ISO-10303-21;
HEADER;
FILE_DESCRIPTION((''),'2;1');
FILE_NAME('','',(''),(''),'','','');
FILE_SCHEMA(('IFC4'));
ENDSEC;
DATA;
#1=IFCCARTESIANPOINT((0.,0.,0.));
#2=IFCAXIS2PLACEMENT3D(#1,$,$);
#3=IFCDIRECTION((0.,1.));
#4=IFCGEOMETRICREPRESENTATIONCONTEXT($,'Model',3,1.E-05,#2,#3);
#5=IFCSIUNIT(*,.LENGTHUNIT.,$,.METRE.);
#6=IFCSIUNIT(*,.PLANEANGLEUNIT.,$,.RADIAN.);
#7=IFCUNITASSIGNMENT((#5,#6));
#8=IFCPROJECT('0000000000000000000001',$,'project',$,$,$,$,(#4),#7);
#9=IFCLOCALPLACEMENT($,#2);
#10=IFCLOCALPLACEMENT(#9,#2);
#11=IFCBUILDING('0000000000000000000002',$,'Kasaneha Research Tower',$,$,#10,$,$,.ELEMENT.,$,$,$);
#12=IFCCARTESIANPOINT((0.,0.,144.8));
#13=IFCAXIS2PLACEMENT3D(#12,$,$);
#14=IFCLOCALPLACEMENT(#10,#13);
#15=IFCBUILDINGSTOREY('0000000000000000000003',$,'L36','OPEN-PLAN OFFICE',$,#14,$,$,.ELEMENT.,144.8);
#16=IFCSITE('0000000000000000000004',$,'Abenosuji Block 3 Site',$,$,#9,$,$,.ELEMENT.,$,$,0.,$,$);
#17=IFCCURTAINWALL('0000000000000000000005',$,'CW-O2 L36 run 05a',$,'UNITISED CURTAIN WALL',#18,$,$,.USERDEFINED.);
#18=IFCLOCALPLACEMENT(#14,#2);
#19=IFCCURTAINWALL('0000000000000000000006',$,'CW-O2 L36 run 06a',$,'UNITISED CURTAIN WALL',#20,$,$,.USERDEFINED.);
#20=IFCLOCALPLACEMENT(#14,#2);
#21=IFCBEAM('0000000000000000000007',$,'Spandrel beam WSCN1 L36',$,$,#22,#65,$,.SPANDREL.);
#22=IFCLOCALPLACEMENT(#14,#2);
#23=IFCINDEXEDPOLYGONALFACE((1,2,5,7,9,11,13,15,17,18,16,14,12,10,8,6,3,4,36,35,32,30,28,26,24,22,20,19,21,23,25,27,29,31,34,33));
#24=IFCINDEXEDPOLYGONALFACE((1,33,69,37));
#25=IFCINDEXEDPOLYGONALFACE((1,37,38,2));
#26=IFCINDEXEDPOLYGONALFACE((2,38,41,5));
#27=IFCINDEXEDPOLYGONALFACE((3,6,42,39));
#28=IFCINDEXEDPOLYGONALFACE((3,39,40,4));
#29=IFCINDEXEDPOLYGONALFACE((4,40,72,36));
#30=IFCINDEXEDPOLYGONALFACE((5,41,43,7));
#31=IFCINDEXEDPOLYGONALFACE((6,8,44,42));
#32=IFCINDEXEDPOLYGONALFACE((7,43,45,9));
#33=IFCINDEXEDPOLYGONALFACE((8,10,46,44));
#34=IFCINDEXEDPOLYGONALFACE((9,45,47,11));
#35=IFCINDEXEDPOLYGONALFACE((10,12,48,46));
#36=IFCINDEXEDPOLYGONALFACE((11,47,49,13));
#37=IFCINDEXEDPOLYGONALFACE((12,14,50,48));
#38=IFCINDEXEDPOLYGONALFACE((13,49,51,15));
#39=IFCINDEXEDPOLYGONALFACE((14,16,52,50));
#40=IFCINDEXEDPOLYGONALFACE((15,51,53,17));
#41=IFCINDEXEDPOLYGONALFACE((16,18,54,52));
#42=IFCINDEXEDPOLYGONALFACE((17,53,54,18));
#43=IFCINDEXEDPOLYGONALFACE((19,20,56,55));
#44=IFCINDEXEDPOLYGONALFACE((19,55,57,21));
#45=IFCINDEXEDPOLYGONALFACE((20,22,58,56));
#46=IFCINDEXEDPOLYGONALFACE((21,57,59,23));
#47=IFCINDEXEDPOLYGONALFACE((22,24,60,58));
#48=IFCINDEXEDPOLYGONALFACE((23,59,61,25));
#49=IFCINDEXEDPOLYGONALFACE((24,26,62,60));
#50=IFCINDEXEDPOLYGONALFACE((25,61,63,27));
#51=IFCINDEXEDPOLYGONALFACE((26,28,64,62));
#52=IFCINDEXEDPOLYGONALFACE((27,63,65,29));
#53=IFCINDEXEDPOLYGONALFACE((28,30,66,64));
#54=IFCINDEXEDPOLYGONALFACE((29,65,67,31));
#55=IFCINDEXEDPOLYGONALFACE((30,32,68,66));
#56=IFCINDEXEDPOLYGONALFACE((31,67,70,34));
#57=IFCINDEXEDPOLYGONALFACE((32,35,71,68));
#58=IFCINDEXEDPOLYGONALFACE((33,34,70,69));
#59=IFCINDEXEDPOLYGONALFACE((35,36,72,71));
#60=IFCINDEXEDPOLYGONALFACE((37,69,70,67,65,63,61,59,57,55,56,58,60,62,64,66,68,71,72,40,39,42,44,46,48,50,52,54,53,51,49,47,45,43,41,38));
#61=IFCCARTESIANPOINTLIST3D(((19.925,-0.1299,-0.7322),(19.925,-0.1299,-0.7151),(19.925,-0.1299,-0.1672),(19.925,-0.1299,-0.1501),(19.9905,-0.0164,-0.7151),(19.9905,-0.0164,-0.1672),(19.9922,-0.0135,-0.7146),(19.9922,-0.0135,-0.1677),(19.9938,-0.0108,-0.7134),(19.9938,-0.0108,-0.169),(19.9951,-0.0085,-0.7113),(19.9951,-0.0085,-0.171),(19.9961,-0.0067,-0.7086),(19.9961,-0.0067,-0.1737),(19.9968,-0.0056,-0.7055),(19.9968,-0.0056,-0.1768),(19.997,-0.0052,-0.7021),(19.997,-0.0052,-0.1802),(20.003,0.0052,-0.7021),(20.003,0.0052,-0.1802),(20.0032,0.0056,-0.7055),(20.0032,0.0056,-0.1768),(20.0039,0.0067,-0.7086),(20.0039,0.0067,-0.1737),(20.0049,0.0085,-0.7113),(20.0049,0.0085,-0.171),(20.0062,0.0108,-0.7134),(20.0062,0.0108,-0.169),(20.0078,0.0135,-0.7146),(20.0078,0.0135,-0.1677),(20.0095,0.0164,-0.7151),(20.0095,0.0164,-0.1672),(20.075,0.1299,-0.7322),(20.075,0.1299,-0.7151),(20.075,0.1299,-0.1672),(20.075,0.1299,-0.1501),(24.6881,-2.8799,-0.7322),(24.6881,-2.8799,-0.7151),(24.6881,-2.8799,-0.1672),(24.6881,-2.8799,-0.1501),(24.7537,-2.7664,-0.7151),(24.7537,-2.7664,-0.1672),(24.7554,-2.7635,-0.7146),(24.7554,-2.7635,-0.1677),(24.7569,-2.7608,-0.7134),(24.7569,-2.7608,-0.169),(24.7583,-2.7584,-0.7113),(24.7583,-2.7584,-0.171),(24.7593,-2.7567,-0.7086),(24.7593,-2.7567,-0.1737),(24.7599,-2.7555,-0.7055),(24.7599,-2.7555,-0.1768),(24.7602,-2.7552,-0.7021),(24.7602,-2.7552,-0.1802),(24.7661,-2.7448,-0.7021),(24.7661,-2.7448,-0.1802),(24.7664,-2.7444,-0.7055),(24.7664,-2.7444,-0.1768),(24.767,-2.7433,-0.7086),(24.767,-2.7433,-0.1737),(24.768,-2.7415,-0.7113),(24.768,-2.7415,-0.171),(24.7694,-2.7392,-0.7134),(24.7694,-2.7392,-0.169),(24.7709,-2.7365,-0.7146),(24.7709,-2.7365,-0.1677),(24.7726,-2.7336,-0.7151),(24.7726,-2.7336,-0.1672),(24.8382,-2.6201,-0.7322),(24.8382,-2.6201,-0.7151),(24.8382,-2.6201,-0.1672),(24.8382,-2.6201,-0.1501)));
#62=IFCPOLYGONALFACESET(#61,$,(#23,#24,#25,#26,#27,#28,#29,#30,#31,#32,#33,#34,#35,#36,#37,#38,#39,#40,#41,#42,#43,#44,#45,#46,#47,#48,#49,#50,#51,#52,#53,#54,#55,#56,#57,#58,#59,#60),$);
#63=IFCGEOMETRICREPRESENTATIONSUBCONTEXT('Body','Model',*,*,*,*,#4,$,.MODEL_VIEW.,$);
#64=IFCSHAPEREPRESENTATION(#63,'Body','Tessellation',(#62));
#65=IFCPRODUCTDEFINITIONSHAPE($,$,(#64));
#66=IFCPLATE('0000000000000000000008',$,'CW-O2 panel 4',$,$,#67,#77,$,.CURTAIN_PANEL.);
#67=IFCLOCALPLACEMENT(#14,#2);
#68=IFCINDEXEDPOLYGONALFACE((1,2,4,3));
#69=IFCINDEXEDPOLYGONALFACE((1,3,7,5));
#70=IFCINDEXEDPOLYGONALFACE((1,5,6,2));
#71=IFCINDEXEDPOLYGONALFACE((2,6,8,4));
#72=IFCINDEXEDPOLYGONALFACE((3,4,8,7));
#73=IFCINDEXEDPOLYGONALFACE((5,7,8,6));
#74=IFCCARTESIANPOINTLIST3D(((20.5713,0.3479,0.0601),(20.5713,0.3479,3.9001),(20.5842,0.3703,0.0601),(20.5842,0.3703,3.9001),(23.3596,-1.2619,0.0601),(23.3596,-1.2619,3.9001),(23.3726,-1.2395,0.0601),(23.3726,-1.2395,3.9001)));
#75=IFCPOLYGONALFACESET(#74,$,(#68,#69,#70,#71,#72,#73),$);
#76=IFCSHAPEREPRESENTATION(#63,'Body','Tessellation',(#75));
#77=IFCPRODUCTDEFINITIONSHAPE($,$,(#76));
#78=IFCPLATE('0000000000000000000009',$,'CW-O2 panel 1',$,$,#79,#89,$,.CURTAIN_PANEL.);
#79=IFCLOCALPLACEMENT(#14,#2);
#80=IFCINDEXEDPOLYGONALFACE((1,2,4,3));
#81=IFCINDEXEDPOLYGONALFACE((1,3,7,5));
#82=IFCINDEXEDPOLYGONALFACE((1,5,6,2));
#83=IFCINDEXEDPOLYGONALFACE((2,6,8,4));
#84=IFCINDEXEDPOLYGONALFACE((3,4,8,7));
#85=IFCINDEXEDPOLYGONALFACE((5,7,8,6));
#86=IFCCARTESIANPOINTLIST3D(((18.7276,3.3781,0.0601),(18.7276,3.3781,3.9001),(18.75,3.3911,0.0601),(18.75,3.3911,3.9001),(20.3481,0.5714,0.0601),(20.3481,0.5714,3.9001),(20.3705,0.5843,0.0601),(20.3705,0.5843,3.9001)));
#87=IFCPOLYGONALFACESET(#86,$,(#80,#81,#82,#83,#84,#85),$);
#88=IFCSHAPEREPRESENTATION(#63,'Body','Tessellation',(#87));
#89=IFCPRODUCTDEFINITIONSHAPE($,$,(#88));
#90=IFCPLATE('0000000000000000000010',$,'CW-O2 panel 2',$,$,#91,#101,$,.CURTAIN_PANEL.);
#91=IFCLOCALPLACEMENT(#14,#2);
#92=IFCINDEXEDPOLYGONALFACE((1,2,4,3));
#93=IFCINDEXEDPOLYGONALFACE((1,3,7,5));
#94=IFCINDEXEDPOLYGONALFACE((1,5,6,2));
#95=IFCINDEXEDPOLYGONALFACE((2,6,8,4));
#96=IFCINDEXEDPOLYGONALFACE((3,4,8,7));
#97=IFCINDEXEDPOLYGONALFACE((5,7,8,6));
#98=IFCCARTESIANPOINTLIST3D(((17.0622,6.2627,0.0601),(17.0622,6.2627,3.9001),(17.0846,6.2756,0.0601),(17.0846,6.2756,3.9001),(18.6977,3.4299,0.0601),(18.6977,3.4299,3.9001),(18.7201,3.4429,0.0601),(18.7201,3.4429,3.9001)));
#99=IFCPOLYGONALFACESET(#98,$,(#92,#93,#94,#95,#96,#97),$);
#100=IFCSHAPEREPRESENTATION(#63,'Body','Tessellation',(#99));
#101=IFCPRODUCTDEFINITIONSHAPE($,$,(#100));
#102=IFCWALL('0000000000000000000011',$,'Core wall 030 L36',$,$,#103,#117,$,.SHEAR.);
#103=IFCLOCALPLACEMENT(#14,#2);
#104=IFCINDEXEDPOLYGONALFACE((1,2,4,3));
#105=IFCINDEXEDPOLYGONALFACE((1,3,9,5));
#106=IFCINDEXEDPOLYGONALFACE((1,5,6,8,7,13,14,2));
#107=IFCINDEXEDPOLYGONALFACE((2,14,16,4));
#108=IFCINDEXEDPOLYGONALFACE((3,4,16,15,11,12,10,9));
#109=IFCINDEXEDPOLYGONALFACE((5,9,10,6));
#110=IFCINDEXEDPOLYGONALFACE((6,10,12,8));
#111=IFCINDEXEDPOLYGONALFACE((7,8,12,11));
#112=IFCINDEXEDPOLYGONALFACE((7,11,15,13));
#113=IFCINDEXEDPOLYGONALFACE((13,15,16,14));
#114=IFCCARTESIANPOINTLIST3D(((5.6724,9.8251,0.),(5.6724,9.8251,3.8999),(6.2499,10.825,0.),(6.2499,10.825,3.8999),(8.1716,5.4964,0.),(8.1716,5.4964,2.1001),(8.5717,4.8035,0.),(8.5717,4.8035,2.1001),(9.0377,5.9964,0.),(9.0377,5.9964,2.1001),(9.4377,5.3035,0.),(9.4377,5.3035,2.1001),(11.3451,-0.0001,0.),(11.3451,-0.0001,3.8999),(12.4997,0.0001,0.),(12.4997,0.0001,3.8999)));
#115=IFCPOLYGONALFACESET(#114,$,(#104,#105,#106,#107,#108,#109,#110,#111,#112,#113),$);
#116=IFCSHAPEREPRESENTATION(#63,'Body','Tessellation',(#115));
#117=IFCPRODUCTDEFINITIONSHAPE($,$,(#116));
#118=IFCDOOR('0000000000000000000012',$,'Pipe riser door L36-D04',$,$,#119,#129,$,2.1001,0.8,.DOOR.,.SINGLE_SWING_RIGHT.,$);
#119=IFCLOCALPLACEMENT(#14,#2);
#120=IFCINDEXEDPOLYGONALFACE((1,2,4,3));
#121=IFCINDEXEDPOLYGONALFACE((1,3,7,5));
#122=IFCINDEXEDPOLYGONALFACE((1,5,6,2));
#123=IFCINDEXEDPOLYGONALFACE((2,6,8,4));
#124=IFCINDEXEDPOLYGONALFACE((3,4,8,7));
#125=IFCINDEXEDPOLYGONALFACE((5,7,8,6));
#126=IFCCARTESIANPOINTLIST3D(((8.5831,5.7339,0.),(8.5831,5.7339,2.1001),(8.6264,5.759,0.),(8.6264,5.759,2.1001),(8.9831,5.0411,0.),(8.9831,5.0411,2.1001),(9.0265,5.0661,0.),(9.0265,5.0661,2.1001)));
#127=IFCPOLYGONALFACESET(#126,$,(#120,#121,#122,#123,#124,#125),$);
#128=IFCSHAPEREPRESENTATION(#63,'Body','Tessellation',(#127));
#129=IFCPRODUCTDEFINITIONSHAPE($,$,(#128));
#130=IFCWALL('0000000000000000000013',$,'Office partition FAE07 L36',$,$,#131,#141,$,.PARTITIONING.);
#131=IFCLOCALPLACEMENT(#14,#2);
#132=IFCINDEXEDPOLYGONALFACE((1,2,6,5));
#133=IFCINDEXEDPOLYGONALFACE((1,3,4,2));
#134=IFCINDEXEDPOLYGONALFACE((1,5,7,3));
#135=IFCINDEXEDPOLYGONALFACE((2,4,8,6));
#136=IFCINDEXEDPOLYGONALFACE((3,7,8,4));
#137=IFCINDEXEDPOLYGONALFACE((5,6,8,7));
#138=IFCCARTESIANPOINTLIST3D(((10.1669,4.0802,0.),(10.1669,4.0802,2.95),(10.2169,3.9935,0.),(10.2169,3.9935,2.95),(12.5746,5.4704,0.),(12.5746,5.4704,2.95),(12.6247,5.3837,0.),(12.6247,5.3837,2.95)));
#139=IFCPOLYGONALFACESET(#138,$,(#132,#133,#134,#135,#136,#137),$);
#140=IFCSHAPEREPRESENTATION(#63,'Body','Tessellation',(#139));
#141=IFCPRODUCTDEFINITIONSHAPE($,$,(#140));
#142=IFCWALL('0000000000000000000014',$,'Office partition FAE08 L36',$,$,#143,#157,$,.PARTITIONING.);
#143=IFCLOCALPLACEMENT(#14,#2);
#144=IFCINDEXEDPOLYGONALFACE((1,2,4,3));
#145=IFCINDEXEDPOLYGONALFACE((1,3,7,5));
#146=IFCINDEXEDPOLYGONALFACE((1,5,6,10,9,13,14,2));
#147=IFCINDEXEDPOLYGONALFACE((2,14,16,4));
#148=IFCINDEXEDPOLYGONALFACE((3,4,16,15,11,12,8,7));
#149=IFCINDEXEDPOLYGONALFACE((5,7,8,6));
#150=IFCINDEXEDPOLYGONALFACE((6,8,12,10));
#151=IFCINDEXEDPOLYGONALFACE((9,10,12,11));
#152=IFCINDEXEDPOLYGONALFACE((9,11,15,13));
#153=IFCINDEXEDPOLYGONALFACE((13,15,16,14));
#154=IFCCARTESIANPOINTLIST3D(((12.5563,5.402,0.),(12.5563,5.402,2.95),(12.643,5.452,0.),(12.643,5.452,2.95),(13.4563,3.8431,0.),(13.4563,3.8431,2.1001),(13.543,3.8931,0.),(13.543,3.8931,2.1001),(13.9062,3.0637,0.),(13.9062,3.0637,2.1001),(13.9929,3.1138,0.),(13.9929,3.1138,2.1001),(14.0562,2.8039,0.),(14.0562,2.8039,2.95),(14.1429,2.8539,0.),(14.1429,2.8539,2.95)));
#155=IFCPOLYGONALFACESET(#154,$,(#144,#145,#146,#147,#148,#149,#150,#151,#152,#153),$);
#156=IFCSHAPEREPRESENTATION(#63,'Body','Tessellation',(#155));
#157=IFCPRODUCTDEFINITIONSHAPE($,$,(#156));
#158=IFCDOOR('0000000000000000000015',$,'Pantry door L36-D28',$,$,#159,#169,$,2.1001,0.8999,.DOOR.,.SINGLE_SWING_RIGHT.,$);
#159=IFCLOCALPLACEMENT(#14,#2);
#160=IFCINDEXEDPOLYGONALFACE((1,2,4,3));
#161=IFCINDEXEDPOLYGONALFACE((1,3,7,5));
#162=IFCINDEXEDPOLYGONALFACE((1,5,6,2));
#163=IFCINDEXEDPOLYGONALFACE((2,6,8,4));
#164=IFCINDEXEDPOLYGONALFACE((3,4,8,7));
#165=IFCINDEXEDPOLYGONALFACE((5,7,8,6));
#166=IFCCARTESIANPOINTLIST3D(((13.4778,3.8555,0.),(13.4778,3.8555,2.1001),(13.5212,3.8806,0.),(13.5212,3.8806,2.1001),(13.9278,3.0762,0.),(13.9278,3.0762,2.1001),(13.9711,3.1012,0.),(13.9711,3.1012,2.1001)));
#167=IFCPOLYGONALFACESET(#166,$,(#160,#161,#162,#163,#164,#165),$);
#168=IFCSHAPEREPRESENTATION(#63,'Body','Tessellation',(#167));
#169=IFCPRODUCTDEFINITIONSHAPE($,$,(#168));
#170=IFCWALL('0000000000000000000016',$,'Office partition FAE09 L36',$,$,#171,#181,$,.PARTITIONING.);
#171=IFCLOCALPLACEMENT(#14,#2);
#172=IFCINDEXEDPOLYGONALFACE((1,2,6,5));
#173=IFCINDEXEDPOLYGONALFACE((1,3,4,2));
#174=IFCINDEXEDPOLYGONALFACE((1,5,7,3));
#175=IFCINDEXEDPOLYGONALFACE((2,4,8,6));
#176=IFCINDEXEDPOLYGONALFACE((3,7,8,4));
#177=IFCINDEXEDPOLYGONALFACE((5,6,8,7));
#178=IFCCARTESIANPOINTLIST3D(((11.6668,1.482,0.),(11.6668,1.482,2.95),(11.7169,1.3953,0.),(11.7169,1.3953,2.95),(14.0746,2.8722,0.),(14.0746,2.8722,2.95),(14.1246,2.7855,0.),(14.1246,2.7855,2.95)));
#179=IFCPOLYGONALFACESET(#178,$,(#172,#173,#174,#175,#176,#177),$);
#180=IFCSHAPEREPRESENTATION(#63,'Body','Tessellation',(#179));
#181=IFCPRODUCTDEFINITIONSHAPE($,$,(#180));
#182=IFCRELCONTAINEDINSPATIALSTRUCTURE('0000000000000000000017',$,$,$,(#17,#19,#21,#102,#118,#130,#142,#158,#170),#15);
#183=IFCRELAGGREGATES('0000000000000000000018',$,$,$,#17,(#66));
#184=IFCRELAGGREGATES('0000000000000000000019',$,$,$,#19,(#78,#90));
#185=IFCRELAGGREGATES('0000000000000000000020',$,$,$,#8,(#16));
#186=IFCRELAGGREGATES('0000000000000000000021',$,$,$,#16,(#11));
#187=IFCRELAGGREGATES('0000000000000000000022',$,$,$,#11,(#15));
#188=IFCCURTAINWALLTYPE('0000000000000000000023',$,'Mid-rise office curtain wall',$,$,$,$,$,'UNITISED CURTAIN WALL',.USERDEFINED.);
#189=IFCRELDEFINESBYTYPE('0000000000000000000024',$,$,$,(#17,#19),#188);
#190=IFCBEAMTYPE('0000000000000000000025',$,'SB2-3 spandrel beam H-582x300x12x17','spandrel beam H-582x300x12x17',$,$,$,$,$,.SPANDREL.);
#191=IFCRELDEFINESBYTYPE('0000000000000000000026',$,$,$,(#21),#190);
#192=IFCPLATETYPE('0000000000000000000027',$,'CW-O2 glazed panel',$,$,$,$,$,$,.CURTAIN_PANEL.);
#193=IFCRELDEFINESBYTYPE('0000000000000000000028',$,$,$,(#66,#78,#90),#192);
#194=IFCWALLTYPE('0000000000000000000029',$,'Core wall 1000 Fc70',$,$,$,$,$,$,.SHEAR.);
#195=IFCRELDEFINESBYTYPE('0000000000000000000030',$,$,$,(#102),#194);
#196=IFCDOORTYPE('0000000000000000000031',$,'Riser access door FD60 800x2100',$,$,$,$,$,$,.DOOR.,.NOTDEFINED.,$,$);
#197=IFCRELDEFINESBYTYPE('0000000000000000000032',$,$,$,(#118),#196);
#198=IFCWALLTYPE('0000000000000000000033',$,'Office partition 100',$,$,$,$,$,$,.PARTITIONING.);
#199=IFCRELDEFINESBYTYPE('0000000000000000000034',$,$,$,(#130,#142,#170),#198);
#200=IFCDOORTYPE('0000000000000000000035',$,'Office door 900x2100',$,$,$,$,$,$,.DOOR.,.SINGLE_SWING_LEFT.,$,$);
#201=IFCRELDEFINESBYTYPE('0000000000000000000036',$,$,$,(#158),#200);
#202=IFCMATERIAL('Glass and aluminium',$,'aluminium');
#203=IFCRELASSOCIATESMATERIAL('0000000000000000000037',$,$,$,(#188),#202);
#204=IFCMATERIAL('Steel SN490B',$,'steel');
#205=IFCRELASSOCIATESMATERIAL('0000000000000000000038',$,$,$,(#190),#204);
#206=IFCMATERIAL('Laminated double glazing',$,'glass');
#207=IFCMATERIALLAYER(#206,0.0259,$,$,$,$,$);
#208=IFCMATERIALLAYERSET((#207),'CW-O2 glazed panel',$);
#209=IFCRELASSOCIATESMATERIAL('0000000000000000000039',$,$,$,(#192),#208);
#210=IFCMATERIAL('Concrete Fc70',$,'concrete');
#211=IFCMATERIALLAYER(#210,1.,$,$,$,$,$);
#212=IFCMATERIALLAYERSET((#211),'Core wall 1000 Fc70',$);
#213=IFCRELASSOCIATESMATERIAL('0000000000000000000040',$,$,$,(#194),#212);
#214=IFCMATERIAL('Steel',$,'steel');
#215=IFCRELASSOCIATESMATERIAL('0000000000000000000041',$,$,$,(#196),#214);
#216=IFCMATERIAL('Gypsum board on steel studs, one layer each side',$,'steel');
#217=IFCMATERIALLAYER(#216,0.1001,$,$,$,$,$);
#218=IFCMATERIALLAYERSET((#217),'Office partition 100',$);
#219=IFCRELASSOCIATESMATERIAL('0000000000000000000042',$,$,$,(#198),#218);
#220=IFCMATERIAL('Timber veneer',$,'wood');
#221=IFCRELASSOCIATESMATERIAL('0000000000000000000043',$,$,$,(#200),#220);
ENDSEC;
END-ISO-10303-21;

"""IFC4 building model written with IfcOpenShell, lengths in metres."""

from ifc_helpers import new_model, si_unit, direction, frame, frame_2d, origin, origin_2d, place, context, subcontext, project, spatial, polyline, rectangle, i_section, outline, extrude, material, layer, layer_set, material_profile, profile_set, type_object, element, fill, aggregate, save


model = new_model("IFC4")

# Units and contexts
model_context = context("Model", 3, precision=1e-05, world=origin(), true_north=direction((0.0, 1.0)))
body_context = subcontext(model_context, "Body", "Model", "MODEL_VIEW")
ifc_project = project(units=[si_unit("LENGTHUNIT", "METRE"), si_unit("PLANEANGLEUNIT", "RADIAN")], contexts=[model_context])

# Site, building, storey
site_placement = place(None, origin())
site = spatial("IfcSite", under=ifc_project, at=site_placement, Name="Abenosuji Block 3 Site", CompositionType="ELEMENT", RefElevation=0.0)
building_placement = place(site_placement, origin())
building = spatial("IfcBuilding", under=site, at=building_placement, Name="Kasaneha Research Tower", CompositionType="ELEMENT")
storey_placement = place(building_placement, frame((0.0, 0.0, 144.8)))
storey = spatial("IfcBuildingStorey", under=building, at=storey_placement, Name="L36", Description="OPEN-PLAN OFFICE", CompositionType="ELEMENT", Elevation=144.8)

# Curtain walls
ifc_material_1 = material(Name="Glass and aluminium", Category="aluminium")
curtain_wall_type = type_object("IfcCurtainWallType", Name="Mid-rise office curtain wall", ElementType="UNITISED CURTAIN WALL", PredefinedType="USERDEFINED", material=ifc_material_1)
curtain_wall_1_placement = place(storey_placement, origin())
curtain_wall_1 = element("IfcCurtainWall", 1, at=curtain_wall_1_placement, inside=storey, type_object=curtain_wall_type, Name="CW-O2 L36 run 05a", ObjectType="UNITISED CURTAIN WALL", PredefinedType="USERDEFINED")
curtain_wall_2_placement = place(storey_placement, origin())
curtain_wall_2 = element("IfcCurtainWall", 2, at=curtain_wall_2_placement, inside=storey, type_object=curtain_wall_type, Name="CW-O2 L36 run 06a", ObjectType="UNITISED CURTAIN WALL", PredefinedType="USERDEFINED")

# Beam
ifc_material_2 = material(Name="Steel SN490B", Category="steel")
ifc_material_profile_1 = material_profile(ifc_material_2, i_section(OverallWidth=0.3, OverallDepth=0.582, WebThickness=0.012, FlangeThickness=0.0171, FilletRadius=0.0129, at=origin_2d()), Name="H-582x300x12x17")
ifc_profile_set_1 = profile_set([ifc_material_profile_1], Name="Steel SN490B")
beam_type_1 = type_object("IfcBeamType", Name="SB2-3 spandrel beam H-582x300x12x17", Description="spandrel beam H-582x300x12x17", PredefinedType="SPANDREL", material=ifc_profile_set_1)
beam_1_placement = place(storey_placement, frame((20.0, 0.0, -0.4412), z_axis=(0.866027, -0.499997, 0.0), x_axis=(0.499997, 0.866027, 0.0)))
element("IfcBeam", 3, at=beam_1_placement, inside=storey, type_object=beam_type_1, Name="Spandrel beam WSCN1 L36", PredefinedType="SPANDREL", context=body_context, shape_type="SweptSolid", body=[
    extrude(i_section(OverallWidth=0.3, OverallDepth=0.582, WebThickness=0.012, FlangeThickness=0.0171, FilletRadius=0.0129, at=origin_2d()), origin(), (0.0, 0.0, 1.0), 5.5),
])

# Plates
ifc_material_3 = material(Name="Laminated double glazing", Category="glass")
ifc_layer_1 = layer(ifc_material_3, 0.0259)
ifc_layer_set_1 = layer_set([ifc_layer_1], Name="CW-O2 glazed panel")
plate_type = type_object("IfcPlateType", Name="CW-O2 glazed panel", PredefinedType="CURTAIN_PANEL", material=ifc_layer_set_1)
plate_1_placement = place(storey_placement, frame((21.9719, -0.4458, 0.0601), z_axis=(0.0, 0.0, 1.0), x_axis=(-0.866025, 0.5, 0.0)))
plate_1 = element("IfcPlate", 4, at=plate_1_placement, type_object=plate_type, Name="CW-O2 panel 4", PredefinedType="CURTAIN_PANEL", context=body_context, shape_type="SweptSolid", body=[
    extrude(rectangle(XDim=3.2197, YDim=0.0259, at=origin_2d()), origin(), (0.0, 0.0, 1.0), 3.8401),
])
aggregate(curtain_wall_1, [plate_1])
plate_2_placement = place(storey_placement, frame((19.5491, 1.9812, 0.0601), z_axis=(0.0, 0.0, 1.0), x_axis=(-0.5, 0.866025, 0.0)))
plate_2 = element("IfcPlate", 5, at=plate_2_placement, type_object=plate_type, Name="CW-O2 panel 1", PredefinedType="CURTAIN_PANEL", context=body_context, shape_type="SweptSolid", body=[
    extrude(rectangle(XDim=3.241, YDim=0.0259, at=origin_2d()), origin(), (0.0, 0.0, 1.0), 3.8401),
])
plate_3_placement = place(storey_placement, frame((17.8911, 4.8528, 0.0601), z_axis=(0.0, 0.0, 1.0), x_axis=(-0.5, 0.866025, 0.0)))
plate_3 = element("IfcPlate", 6, at=plate_3_placement, type_object=plate_type, Name="CW-O2 panel 2", PredefinedType="CURTAIN_PANEL", context=body_context, shape_type="SweptSolid", body=[
    extrude(rectangle(XDim=3.271, YDim=0.0259, at=origin_2d()), origin(), (0.0, 0.0, 1.0), 3.8401),
])
aggregate(curtain_wall_2, [plate_2, plate_3])

# Wall, opening, door
ifc_material_4 = material(Name="Concrete Fc70", Category="concrete")
ifc_layer_2 = layer(ifc_material_4, 1.0)
ifc_layer_set_2 = layer_set([ifc_layer_2], Name="Core wall 1000 Fc70")
wall_type_1 = type_object("IfcWallType", Name="Core wall 1000 Fc70", PredefinedType="SHEAR", material=ifc_layer_set_2)
wall_1_placement = place(storey_placement, frame((11.9224, 0.0, 0.0), z_axis=(0.0, 0.0, 1.0), x_axis=(-0.500004, 0.866023, 0.0)))
wall_1 = element("IfcWall", 7, at=wall_1_placement, inside=storey, type_object=wall_type_1, Name="Core wall 030 L36", PredefinedType="SHEAR", context=body_context, shape_type="SweptSolid", body=[
    extrude(outline(polyline([(-0.2886, -0.5), (5.8354, -0.5), (6.6355, -0.5), (12.2109, -0.5), (11.6338, 0.5), (6.6355, 0.5), (5.8354, 0.5), (0.2886, 0.5), (-0.2886, -0.5)])), origin(), (0.0, 0.0, 1.0), 3.8999),
])
opening_1_placement = place(wall_1_placement, frame((5.8354, 0.0, 0.0)))
opening_1 = element("IfcOpeningElement", 8, at=opening_1_placement, cuts=wall_1, PredefinedType="OPENING", context=body_context, shape_type="SweptSolid", body=[
    extrude(rectangle(XDim=0.8, YDim=2.1001, at=frame_2d((0.3999, 1.05))), frame((0.0, 0.51, 0.0), z_axis=(0.0, -1.0, 0.0), x_axis=(1.0, 0.0, 0.0)), (0.0, 0.0, 1.0), 1.02),
])
ifc_material_5 = material(Name="Steel", Category="steel")
door_type_1 = type_object("IfcDoorType", Name="Riser access door FD60 800x2100", OperationType="NOTDEFINED", PredefinedType="DOOR", material=ifc_material_5)
door_1_placement = place(opening_1_placement, origin())
door_1 = element("IfcDoor", 9, at=door_1_placement, inside=storey, type_object=door_type_1, Name="Pipe riser door L36-D04", OperationType="SINGLE_SWING_RIGHT", OverallHeight=2.1001, OverallWidth=0.8, PredefinedType="DOOR", context=body_context, shape_type="SweptSolid", body=[
    extrude(rectangle(XDim=0.8, YDim=2.1001, at=frame_2d((0.3999, 1.05))), frame((0.0, 0.0249, 0.0), z_axis=(0.0, -1.0, 0.0), x_axis=(1.0, 0.0, 0.0)), (0.0, 0.0, 1.0), 0.05),
])
fill(opening_1, door_1)

# Wall
ifc_material_6 = material(Name="Gypsum board on steel studs, one layer each side", Category="steel")
ifc_layer_3 = layer(ifc_material_6, 0.1001)
ifc_layer_set_3 = layer_set([ifc_layer_3], Name="Office partition 100")
wall_type_2 = type_object("IfcWallType", Name="Office partition 100", PredefinedType="PARTITIONING", material=ifc_layer_set_3)
wall_2_placement = place(storey_placement, frame((10.1919, 4.0369, 0.0), z_axis=(0.0, 0.0, 1.0), x_axis=(0.866019, 0.500011, 0.0)))
element("IfcWall", 10, at=wall_2_placement, inside=storey, type_object=wall_type_2, Name="Office partition FAE07 L36", PredefinedType="PARTITIONING", context=body_context, shape_type="SweptSolid", body=[
    extrude(rectangle(XDim=2.7803, YDim=0.1001, at=frame_2d((1.3901, 0.0))), origin(), (0.0, 0.0, 1.0), 2.95),
])

# Wall, opening, door
wall_3_placement = place(storey_placement, frame((12.5996, 5.427, 0.0), z_axis=(0.0, 0.0, 1.0), x_axis=(0.49999, -0.866031, 0.0)))
wall_3 = element("IfcWall", 11, at=wall_3_placement, inside=storey, type_object=wall_type_2, Name="Office partition FAE08 L36", PredefinedType="PARTITIONING", context=body_context, shape_type="SweptSolid", body=[
    extrude(rectangle(XDim=3.0, YDim=0.1001, at=frame_2d((1.5, 0.0))), origin(), (0.0, 0.0, 1.0), 2.95),
])
opening_2_placement = place(wall_3_placement, frame((1.8, 0.0, 0.0)))
opening_2 = element("IfcOpeningElement", 12, at=opening_2_placement, cuts=wall_3, PredefinedType="OPENING", context=body_context, shape_type="SweptSolid", body=[
    extrude(rectangle(XDim=0.8999, YDim=2.1001, at=frame_2d((0.45, 1.05))), frame((0.0, 0.0601, 0.0), z_axis=(0.0, -1.0, 0.0), x_axis=(1.0, 0.0, 0.0)), (0.0, 0.0, 1.0), 0.1201),
])
ifc_material_7 = material(Name="Timber veneer", Category="wood")
door_type_2 = type_object("IfcDoorType", Name="Office door 900x2100", OperationType="SINGLE_SWING_LEFT", PredefinedType="DOOR", material=ifc_material_7)
door_2_placement = place(opening_2_placement, origin())
door_2 = element("IfcDoor", 13, at=door_2_placement, inside=storey, type_object=door_type_2, Name="Pantry door L36-D28", OperationType="SINGLE_SWING_RIGHT", OverallHeight=2.1001, OverallWidth=0.8999, PredefinedType="DOOR", context=body_context, shape_type="SweptSolid", body=[
    extrude(rectangle(XDim=0.8999, YDim=2.1001, at=frame_2d((0.45, 1.05))), frame((0.0, 0.0249, 0.0), z_axis=(0.0, -1.0, 0.0), x_axis=(1.0, 0.0, 0.0)), (0.0, 0.0, 1.0), 0.05),
])
fill(opening_2, door_2)

# Wall
wall_4_placement = place(storey_placement, frame((14.0996, 2.8289, 0.0), z_axis=(0.0, 0.0, 1.0), x_axis=(-0.866019, -0.500011, 0.0)))
element("IfcWall", 14, at=wall_4_placement, inside=storey, type_object=wall_type_2, Name="Office partition FAE09 L36", PredefinedType="PARTITIONING", context=body_context, shape_type="SweptSolid", body=[
    extrude(rectangle(XDim=2.7803, YDim=0.1001, at=frame_2d((1.3901, 0.0))), origin(), (0.0, 0.0, 1.0), 2.95),
])

save(model, "model.ifc")
